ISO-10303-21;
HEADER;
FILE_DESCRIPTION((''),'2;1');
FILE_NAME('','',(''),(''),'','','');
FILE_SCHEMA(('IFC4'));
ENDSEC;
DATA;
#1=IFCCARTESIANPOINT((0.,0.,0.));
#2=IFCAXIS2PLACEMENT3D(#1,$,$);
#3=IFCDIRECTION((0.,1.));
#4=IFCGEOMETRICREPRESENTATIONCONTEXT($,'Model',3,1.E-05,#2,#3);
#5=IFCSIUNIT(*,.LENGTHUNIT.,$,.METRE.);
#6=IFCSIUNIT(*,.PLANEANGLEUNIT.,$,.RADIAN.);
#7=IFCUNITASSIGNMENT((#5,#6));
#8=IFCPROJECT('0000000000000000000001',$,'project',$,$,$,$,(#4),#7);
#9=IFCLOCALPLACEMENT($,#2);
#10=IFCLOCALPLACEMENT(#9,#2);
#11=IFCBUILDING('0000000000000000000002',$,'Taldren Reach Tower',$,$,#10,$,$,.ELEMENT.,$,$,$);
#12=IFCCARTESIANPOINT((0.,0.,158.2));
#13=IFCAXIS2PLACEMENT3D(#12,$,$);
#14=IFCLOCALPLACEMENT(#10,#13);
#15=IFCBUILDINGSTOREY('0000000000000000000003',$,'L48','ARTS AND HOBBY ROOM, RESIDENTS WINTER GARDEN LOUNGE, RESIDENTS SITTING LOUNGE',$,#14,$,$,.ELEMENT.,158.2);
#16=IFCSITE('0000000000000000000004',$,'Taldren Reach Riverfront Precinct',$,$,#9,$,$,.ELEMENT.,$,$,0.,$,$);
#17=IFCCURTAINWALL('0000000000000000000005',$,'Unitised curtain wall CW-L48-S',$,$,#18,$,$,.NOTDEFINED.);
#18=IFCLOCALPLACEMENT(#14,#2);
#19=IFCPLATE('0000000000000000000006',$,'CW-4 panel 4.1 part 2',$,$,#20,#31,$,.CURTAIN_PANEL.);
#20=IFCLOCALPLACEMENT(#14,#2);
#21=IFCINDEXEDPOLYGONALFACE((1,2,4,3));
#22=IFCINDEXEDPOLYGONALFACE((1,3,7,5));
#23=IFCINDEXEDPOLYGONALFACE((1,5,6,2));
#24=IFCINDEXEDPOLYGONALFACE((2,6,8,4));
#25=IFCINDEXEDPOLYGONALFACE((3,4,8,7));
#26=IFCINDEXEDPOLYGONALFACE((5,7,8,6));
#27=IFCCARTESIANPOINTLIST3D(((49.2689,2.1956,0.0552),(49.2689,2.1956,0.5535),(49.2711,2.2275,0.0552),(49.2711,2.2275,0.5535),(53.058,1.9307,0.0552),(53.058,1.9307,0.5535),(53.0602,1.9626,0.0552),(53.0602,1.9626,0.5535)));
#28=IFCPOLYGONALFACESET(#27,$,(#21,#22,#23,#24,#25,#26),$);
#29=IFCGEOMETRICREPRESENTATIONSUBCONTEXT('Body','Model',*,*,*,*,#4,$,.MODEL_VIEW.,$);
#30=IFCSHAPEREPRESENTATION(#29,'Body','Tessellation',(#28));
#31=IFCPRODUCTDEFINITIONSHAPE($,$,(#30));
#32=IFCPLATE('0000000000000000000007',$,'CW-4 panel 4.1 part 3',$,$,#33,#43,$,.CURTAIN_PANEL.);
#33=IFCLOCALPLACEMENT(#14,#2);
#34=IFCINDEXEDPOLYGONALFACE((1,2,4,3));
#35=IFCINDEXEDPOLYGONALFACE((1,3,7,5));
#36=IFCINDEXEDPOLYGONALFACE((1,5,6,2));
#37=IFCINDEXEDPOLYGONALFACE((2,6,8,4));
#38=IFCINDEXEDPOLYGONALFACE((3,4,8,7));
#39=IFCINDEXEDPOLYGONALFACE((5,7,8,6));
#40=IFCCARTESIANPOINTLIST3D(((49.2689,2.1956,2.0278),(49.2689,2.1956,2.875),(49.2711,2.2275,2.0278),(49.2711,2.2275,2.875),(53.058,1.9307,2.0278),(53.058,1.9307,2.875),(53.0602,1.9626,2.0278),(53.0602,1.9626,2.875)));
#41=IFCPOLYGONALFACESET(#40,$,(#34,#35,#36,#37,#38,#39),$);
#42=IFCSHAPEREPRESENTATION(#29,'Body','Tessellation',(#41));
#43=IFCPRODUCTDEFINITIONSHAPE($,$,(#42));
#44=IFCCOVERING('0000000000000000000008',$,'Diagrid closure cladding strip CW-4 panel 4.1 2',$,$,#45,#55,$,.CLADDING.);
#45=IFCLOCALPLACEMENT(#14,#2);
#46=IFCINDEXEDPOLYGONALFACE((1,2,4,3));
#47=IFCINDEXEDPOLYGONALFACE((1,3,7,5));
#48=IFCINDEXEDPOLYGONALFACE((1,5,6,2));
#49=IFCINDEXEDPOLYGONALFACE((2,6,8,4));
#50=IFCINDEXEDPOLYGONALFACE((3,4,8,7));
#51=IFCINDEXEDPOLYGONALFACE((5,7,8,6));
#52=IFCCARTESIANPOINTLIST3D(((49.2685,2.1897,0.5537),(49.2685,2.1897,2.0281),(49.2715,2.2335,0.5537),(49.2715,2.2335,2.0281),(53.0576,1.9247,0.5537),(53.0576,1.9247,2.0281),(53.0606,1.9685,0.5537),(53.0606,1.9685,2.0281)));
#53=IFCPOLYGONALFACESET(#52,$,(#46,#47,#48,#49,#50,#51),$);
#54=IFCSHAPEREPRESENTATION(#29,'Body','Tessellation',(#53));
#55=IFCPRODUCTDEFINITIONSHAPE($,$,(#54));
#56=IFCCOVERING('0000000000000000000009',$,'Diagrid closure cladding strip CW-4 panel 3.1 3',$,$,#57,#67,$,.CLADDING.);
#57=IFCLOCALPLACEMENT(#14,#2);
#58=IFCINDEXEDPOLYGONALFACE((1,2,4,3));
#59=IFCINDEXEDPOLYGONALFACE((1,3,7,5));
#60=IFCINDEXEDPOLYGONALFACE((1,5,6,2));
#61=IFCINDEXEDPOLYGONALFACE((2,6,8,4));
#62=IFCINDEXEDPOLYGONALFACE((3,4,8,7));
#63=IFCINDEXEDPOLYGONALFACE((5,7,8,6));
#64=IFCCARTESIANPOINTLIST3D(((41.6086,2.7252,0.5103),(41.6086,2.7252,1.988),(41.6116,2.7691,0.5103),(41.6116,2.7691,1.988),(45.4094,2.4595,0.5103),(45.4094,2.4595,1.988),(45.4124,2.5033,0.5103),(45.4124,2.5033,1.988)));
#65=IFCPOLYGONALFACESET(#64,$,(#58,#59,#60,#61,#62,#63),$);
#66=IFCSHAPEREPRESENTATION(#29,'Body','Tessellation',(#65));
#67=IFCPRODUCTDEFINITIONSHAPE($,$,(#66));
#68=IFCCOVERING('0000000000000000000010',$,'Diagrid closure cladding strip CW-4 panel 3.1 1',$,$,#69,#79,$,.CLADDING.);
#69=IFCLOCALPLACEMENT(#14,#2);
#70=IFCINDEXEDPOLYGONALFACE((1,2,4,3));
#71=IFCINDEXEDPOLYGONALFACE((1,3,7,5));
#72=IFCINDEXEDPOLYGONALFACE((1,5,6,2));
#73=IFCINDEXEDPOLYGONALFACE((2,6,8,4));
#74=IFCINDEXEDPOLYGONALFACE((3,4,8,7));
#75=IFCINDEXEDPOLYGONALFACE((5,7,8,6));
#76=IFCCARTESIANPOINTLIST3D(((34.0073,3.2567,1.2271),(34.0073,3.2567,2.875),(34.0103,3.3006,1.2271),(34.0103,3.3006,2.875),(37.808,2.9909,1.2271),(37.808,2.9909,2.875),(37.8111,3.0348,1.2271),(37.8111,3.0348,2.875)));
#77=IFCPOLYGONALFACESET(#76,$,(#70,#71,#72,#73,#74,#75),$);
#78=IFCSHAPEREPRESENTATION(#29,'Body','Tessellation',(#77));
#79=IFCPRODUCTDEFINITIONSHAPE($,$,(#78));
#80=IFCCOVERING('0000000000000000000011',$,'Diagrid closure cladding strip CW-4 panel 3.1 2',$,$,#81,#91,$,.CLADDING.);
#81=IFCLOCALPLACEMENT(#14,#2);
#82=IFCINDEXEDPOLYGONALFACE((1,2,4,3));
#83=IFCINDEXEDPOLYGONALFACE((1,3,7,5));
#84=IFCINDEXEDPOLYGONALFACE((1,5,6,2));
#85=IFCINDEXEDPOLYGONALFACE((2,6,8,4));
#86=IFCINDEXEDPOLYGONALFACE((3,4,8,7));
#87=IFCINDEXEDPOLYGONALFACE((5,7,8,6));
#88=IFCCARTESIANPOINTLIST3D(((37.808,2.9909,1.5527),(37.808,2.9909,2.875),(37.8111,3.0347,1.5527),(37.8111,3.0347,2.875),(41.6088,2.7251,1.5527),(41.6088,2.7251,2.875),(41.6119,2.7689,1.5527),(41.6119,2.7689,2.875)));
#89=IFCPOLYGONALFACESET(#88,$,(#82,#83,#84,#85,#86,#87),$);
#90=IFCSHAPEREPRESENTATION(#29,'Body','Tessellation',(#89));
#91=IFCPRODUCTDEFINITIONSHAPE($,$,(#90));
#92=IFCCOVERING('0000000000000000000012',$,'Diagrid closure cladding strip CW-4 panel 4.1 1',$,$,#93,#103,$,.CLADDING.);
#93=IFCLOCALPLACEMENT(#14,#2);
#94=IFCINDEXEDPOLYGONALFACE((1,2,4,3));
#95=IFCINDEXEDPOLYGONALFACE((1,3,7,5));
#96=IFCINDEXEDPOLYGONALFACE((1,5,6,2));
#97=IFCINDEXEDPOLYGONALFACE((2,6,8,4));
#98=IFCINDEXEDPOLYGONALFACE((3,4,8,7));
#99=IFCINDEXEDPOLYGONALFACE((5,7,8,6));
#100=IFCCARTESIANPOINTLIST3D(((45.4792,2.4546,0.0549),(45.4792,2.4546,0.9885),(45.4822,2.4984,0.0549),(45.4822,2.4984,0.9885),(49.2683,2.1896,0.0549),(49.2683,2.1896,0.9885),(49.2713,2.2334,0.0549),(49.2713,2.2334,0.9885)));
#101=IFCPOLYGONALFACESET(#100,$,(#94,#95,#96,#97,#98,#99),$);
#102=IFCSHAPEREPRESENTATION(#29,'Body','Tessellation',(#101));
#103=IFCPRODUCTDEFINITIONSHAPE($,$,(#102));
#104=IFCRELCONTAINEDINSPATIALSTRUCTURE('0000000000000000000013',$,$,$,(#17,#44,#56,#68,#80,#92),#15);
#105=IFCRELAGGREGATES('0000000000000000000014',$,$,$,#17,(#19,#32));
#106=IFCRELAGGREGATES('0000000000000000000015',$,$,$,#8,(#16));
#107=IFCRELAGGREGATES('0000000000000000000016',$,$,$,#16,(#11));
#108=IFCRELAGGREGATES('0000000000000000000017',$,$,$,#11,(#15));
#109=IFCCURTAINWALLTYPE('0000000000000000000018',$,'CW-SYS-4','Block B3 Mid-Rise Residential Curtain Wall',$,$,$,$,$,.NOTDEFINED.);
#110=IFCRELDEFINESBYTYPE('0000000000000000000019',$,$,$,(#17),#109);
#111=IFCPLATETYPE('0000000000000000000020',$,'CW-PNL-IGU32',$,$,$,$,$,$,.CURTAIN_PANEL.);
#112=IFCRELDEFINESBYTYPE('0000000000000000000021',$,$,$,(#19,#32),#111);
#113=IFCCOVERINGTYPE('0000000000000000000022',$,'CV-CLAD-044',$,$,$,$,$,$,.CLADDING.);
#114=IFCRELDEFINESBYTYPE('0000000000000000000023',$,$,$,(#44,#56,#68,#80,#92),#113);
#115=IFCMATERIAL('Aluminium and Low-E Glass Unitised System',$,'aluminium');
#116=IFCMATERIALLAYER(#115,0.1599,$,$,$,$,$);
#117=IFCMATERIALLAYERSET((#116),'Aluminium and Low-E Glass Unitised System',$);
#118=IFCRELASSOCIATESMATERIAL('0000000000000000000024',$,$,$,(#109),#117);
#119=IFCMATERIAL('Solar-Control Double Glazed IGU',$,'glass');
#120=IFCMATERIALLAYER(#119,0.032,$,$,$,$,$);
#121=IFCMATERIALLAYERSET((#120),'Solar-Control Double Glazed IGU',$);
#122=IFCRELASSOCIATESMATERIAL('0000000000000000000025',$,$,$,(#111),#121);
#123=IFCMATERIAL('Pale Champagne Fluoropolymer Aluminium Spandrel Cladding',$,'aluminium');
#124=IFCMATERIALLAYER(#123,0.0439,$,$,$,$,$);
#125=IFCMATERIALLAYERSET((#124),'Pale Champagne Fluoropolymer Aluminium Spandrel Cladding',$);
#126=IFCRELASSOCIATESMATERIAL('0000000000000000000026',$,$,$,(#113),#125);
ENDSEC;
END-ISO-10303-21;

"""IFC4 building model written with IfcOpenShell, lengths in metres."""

from ifc_helpers import new_model, si_unit, direction, frame, origin, origin_2d, place, context, subcontext, project, spatial, rectangle, extrude, source, transform, mapped, material, layer, layer_set, type_object, element, aggregate, save


model = new_model("IFC4")

# Units and contexts
model_context = context("Model", 3, precision=1e-05, world=origin(), true_north=direction((0.0, 1.0)))
body_context = subcontext(model_context, "Body", "Model", "MODEL_VIEW")
ifc_project = project(units=[si_unit("LENGTHUNIT", "METRE"), si_unit("PLANEANGLEUNIT", "RADIAN")], contexts=[model_context])

# Site, building, storey
site_placement = place(None, origin())
site = spatial("IfcSite", under=ifc_project, at=site_placement, Name="Taldren Reach Riverfront Precinct", CompositionType="ELEMENT", RefElevation=0.0)
building_placement = place(site_placement, origin())
building = spatial("IfcBuilding", under=site, at=building_placement, Name="Taldren Reach Tower", CompositionType="ELEMENT")
storey_placement = place(building_placement, frame((0.0, 0.0, 158.2)))
storey = spatial("IfcBuildingStorey", under=building, at=storey_placement, Name="L48", Description="ARTS AND HOBBY ROOM, RESIDENTS WINTER GARDEN LOUNGE, RESIDENTS SITTING LOUNGE", CompositionType="ELEMENT", Elevation=158.2)

# Curtain wall
ifc_material_1 = material(Name="Aluminium and Low-E Glass Unitised System", Category="aluminium")
ifc_layer_1 = layer(ifc_material_1, 0.1599)
ifc_layer_set_1 = layer_set([ifc_layer_1], Name="Aluminium and Low-E Glass Unitised System")
curtain_wall_type = type_object("IfcCurtainWallType", Name="CW-SYS-4", Description="Block B3 Mid-Rise Residential Curtain Wall", PredefinedType="NOTDEFINED", material=ifc_layer_set_1)
curtain_wall_placement = place(storey_placement, origin())
curtain_wall = element("IfcCurtainWall", 1, at=curtain_wall_placement, inside=storey, type_object=curtain_wall_type, Name="Unitised curtain wall CW-L48-S", PredefinedType="NOTDEFINED")

# Plates
ifc_material_2 = material(Name="Solar-Control Double Glazed IGU", Category="glass")
ifc_layer_2 = layer(ifc_material_2, 0.032)
ifc_layer_set_2 = layer_set([ifc_layer_2], Name="Solar-Control Double Glazed IGU")
plate_type_1 = type_object("IfcPlateType", Name="CW-PNL-IGU32", PredefinedType="CURTAIN_PANEL", material=ifc_layer_set_2)
shared_shape_1 = source(origin(), body_context, "Body", "SweptSolid", [
    extrude(rectangle(XDim=3.7983, YDim=0.032, at=origin_2d()), origin(), (0.0, 0.0, 1.0), 0.4983),
])
plate_1_placement = place(storey_placement, frame((51.1646, 2.0791, 0.0552), z_axis=(0.0, 0.0, 1.0), x_axis=(0.997564, -0.069757, 0.0)))
plate_1 = element("IfcPlate", 2, at=plate_1_placement, type_object=plate_type_1, Name="CW-4 panel 4.1 part 2", PredefinedType="CURTAIN_PANEL", context=body_context, shape_type="MappedRepresentation", body=[
    mapped(shared_shape_1, transform((0.0, 0.0, 0.0), scale=1.0)),
])
shared_shape_2 = source(origin(), body_context, "Body", "SweptSolid", [
    extrude(rectangle(XDim=3.7983, YDim=0.032, at=origin_2d()), origin(), (0.0, 0.0, 1.0), 0.8472),
])
plate_2_placement = place(storey_placement, frame((51.1646, 2.0791, 2.0278), z_axis=(0.0, 0.0, 1.0), x_axis=(0.997564, -0.069757, 0.0)))
plate_2 = element("IfcPlate", 3, at=plate_2_placement, type_object=plate_type_1, Name="CW-4 panel 4.1 part 3", PredefinedType="CURTAIN_PANEL", context=body_context, shape_type="MappedRepresentation", body=[
    mapped(shared_shape_2, transform((0.0, 0.0, 0.0), scale=1.0)),
])
aggregate(curtain_wall, [plate_1, plate_2])

# Coverings
ifc_material_3 = material(Name="Pale Champagne Fluoropolymer Aluminium Spandrel Cladding", Category="aluminium")
ifc_layer_3 = layer(ifc_material_3, 0.0439)
ifc_layer_set_3 = layer_set([ifc_layer_3], Name="Pale Champagne Fluoropolymer Aluminium Spandrel Cladding")
covering_type = type_object("IfcCoveringType", Name="CV-CLAD-044", PredefinedType="CLADDING", material=ifc_layer_set_3)
shared_shape_3 = source(origin(), body_context, "Body", "SweptSolid", [
    extrude(rectangle(XDim=3.7983, YDim=0.0439, at=origin_2d()), origin(), (0.0, 0.0, 1.0), 1.4744),
])
covering_1_placement = place(storey_placement, frame((51.1646, 2.0791, 0.5537), z_axis=(0.0, 0.0, 1.0), x_axis=(0.997564, -0.069757, 0.0)))
element("IfcCovering", 4, at=covering_1_placement, inside=storey, type_object=covering_type, Name="Diagrid closure cladding strip CW-4 panel 4.1 2", PredefinedType="CLADDING", context=body_context, shape_type="MappedRepresentation", body=[
    mapped(shared_shape_3, transform((0.0, 0.0, 0.0), scale=1.0)),
])
shared_shape_4 = source(origin(), body_context, "Body", "SweptSolid", [
    extrude(rectangle(XDim=3.8101, YDim=0.0439, at=origin_2d()), origin(), (0.0, 0.0, 1.0), 1.4778),
])
covering_2_placement = place(storey_placement, frame((43.5105, 2.6143, 0.5103), z_axis=(0.0, 0.0, 1.0), x_axis=(0.997564, -0.069757, 0.0)))
element("IfcCovering", 5, at=covering_2_placement, inside=storey, type_object=covering_type, Name="Diagrid closure cladding strip CW-4 panel 3.1 3", PredefinedType="CLADDING", context=body_context, shape_type="MappedRepresentation", body=[
    mapped(shared_shape_4, transform((0.0, 0.0, 0.0), scale=1.0)),
])
shared_shape_5 = source(origin(), body_context, "Body", "SweptSolid", [
    extrude(rectangle(XDim=3.8101, YDim=0.0439, at=origin_2d()), origin(), (0.0, 0.0, 1.0), 1.6479),
])
covering_3_placement = place(storey_placement, frame((35.9092, 3.1458, 1.2271), z_axis=(0.0, 0.0, 1.0), x_axis=(0.997564, -0.069757, 0.0)))
element("IfcCovering", 6, at=covering_3_placement, inside=storey, type_object=covering_type, Name="Diagrid closure cladding strip CW-4 panel 3.1 1", PredefinedType="CLADDING", context=body_context, shape_type="MappedRepresentation", body=[
    mapped(shared_shape_5, transform((0.0, 0.0, 0.0), scale=1.0)),
])
shared_shape_6 = source(origin(), body_context, "Body", "SweptSolid", [
    extrude(rectangle(XDim=3.8101, YDim=0.0439, at=origin_2d()), origin(), (0.0, 0.0, 1.0), 1.3223),
])
covering_4_placement = place(storey_placement, frame((39.71, 2.8799, 1.5527), z_axis=(0.0, 0.0, 1.0), x_axis=(0.997564, -0.069757, 0.0)))
element("IfcCovering", 7, at=covering_4_placement, inside=storey, type_object=covering_type, Name="Diagrid closure cladding strip CW-4 panel 3.1 2", PredefinedType="CLADDING", context=body_context, shape_type="MappedRepresentation", body=[
    mapped(shared_shape_6, transform((0.0, 0.0, 0.0), scale=1.0)),
])
shared_shape_7 = source(origin(), body_context, "Body", "SweptSolid", [
    extrude(rectangle(XDim=3.7983, YDim=0.0439, at=origin_2d()), origin(), (0.0, 0.0, 1.0), 0.9336),
])
covering_5_placement = place(storey_placement, frame((47.3752, 2.344, 0.0549), z_axis=(0.0, 0.0, 1.0), x_axis=(0.997564, -0.069757, 0.0)))
element("IfcCovering", 8, at=covering_5_placement, inside=storey, type_object=covering_type, Name="Diagrid closure cladding strip CW-4 panel 4.1 1", PredefinedType="CLADDING", context=body_context, shape_type="MappedRepresentation", body=[
    mapped(shared_shape_7, transform((0.0, 0.0, 0.0), scale=1.0)),
])

save(model, "model.ifc")
